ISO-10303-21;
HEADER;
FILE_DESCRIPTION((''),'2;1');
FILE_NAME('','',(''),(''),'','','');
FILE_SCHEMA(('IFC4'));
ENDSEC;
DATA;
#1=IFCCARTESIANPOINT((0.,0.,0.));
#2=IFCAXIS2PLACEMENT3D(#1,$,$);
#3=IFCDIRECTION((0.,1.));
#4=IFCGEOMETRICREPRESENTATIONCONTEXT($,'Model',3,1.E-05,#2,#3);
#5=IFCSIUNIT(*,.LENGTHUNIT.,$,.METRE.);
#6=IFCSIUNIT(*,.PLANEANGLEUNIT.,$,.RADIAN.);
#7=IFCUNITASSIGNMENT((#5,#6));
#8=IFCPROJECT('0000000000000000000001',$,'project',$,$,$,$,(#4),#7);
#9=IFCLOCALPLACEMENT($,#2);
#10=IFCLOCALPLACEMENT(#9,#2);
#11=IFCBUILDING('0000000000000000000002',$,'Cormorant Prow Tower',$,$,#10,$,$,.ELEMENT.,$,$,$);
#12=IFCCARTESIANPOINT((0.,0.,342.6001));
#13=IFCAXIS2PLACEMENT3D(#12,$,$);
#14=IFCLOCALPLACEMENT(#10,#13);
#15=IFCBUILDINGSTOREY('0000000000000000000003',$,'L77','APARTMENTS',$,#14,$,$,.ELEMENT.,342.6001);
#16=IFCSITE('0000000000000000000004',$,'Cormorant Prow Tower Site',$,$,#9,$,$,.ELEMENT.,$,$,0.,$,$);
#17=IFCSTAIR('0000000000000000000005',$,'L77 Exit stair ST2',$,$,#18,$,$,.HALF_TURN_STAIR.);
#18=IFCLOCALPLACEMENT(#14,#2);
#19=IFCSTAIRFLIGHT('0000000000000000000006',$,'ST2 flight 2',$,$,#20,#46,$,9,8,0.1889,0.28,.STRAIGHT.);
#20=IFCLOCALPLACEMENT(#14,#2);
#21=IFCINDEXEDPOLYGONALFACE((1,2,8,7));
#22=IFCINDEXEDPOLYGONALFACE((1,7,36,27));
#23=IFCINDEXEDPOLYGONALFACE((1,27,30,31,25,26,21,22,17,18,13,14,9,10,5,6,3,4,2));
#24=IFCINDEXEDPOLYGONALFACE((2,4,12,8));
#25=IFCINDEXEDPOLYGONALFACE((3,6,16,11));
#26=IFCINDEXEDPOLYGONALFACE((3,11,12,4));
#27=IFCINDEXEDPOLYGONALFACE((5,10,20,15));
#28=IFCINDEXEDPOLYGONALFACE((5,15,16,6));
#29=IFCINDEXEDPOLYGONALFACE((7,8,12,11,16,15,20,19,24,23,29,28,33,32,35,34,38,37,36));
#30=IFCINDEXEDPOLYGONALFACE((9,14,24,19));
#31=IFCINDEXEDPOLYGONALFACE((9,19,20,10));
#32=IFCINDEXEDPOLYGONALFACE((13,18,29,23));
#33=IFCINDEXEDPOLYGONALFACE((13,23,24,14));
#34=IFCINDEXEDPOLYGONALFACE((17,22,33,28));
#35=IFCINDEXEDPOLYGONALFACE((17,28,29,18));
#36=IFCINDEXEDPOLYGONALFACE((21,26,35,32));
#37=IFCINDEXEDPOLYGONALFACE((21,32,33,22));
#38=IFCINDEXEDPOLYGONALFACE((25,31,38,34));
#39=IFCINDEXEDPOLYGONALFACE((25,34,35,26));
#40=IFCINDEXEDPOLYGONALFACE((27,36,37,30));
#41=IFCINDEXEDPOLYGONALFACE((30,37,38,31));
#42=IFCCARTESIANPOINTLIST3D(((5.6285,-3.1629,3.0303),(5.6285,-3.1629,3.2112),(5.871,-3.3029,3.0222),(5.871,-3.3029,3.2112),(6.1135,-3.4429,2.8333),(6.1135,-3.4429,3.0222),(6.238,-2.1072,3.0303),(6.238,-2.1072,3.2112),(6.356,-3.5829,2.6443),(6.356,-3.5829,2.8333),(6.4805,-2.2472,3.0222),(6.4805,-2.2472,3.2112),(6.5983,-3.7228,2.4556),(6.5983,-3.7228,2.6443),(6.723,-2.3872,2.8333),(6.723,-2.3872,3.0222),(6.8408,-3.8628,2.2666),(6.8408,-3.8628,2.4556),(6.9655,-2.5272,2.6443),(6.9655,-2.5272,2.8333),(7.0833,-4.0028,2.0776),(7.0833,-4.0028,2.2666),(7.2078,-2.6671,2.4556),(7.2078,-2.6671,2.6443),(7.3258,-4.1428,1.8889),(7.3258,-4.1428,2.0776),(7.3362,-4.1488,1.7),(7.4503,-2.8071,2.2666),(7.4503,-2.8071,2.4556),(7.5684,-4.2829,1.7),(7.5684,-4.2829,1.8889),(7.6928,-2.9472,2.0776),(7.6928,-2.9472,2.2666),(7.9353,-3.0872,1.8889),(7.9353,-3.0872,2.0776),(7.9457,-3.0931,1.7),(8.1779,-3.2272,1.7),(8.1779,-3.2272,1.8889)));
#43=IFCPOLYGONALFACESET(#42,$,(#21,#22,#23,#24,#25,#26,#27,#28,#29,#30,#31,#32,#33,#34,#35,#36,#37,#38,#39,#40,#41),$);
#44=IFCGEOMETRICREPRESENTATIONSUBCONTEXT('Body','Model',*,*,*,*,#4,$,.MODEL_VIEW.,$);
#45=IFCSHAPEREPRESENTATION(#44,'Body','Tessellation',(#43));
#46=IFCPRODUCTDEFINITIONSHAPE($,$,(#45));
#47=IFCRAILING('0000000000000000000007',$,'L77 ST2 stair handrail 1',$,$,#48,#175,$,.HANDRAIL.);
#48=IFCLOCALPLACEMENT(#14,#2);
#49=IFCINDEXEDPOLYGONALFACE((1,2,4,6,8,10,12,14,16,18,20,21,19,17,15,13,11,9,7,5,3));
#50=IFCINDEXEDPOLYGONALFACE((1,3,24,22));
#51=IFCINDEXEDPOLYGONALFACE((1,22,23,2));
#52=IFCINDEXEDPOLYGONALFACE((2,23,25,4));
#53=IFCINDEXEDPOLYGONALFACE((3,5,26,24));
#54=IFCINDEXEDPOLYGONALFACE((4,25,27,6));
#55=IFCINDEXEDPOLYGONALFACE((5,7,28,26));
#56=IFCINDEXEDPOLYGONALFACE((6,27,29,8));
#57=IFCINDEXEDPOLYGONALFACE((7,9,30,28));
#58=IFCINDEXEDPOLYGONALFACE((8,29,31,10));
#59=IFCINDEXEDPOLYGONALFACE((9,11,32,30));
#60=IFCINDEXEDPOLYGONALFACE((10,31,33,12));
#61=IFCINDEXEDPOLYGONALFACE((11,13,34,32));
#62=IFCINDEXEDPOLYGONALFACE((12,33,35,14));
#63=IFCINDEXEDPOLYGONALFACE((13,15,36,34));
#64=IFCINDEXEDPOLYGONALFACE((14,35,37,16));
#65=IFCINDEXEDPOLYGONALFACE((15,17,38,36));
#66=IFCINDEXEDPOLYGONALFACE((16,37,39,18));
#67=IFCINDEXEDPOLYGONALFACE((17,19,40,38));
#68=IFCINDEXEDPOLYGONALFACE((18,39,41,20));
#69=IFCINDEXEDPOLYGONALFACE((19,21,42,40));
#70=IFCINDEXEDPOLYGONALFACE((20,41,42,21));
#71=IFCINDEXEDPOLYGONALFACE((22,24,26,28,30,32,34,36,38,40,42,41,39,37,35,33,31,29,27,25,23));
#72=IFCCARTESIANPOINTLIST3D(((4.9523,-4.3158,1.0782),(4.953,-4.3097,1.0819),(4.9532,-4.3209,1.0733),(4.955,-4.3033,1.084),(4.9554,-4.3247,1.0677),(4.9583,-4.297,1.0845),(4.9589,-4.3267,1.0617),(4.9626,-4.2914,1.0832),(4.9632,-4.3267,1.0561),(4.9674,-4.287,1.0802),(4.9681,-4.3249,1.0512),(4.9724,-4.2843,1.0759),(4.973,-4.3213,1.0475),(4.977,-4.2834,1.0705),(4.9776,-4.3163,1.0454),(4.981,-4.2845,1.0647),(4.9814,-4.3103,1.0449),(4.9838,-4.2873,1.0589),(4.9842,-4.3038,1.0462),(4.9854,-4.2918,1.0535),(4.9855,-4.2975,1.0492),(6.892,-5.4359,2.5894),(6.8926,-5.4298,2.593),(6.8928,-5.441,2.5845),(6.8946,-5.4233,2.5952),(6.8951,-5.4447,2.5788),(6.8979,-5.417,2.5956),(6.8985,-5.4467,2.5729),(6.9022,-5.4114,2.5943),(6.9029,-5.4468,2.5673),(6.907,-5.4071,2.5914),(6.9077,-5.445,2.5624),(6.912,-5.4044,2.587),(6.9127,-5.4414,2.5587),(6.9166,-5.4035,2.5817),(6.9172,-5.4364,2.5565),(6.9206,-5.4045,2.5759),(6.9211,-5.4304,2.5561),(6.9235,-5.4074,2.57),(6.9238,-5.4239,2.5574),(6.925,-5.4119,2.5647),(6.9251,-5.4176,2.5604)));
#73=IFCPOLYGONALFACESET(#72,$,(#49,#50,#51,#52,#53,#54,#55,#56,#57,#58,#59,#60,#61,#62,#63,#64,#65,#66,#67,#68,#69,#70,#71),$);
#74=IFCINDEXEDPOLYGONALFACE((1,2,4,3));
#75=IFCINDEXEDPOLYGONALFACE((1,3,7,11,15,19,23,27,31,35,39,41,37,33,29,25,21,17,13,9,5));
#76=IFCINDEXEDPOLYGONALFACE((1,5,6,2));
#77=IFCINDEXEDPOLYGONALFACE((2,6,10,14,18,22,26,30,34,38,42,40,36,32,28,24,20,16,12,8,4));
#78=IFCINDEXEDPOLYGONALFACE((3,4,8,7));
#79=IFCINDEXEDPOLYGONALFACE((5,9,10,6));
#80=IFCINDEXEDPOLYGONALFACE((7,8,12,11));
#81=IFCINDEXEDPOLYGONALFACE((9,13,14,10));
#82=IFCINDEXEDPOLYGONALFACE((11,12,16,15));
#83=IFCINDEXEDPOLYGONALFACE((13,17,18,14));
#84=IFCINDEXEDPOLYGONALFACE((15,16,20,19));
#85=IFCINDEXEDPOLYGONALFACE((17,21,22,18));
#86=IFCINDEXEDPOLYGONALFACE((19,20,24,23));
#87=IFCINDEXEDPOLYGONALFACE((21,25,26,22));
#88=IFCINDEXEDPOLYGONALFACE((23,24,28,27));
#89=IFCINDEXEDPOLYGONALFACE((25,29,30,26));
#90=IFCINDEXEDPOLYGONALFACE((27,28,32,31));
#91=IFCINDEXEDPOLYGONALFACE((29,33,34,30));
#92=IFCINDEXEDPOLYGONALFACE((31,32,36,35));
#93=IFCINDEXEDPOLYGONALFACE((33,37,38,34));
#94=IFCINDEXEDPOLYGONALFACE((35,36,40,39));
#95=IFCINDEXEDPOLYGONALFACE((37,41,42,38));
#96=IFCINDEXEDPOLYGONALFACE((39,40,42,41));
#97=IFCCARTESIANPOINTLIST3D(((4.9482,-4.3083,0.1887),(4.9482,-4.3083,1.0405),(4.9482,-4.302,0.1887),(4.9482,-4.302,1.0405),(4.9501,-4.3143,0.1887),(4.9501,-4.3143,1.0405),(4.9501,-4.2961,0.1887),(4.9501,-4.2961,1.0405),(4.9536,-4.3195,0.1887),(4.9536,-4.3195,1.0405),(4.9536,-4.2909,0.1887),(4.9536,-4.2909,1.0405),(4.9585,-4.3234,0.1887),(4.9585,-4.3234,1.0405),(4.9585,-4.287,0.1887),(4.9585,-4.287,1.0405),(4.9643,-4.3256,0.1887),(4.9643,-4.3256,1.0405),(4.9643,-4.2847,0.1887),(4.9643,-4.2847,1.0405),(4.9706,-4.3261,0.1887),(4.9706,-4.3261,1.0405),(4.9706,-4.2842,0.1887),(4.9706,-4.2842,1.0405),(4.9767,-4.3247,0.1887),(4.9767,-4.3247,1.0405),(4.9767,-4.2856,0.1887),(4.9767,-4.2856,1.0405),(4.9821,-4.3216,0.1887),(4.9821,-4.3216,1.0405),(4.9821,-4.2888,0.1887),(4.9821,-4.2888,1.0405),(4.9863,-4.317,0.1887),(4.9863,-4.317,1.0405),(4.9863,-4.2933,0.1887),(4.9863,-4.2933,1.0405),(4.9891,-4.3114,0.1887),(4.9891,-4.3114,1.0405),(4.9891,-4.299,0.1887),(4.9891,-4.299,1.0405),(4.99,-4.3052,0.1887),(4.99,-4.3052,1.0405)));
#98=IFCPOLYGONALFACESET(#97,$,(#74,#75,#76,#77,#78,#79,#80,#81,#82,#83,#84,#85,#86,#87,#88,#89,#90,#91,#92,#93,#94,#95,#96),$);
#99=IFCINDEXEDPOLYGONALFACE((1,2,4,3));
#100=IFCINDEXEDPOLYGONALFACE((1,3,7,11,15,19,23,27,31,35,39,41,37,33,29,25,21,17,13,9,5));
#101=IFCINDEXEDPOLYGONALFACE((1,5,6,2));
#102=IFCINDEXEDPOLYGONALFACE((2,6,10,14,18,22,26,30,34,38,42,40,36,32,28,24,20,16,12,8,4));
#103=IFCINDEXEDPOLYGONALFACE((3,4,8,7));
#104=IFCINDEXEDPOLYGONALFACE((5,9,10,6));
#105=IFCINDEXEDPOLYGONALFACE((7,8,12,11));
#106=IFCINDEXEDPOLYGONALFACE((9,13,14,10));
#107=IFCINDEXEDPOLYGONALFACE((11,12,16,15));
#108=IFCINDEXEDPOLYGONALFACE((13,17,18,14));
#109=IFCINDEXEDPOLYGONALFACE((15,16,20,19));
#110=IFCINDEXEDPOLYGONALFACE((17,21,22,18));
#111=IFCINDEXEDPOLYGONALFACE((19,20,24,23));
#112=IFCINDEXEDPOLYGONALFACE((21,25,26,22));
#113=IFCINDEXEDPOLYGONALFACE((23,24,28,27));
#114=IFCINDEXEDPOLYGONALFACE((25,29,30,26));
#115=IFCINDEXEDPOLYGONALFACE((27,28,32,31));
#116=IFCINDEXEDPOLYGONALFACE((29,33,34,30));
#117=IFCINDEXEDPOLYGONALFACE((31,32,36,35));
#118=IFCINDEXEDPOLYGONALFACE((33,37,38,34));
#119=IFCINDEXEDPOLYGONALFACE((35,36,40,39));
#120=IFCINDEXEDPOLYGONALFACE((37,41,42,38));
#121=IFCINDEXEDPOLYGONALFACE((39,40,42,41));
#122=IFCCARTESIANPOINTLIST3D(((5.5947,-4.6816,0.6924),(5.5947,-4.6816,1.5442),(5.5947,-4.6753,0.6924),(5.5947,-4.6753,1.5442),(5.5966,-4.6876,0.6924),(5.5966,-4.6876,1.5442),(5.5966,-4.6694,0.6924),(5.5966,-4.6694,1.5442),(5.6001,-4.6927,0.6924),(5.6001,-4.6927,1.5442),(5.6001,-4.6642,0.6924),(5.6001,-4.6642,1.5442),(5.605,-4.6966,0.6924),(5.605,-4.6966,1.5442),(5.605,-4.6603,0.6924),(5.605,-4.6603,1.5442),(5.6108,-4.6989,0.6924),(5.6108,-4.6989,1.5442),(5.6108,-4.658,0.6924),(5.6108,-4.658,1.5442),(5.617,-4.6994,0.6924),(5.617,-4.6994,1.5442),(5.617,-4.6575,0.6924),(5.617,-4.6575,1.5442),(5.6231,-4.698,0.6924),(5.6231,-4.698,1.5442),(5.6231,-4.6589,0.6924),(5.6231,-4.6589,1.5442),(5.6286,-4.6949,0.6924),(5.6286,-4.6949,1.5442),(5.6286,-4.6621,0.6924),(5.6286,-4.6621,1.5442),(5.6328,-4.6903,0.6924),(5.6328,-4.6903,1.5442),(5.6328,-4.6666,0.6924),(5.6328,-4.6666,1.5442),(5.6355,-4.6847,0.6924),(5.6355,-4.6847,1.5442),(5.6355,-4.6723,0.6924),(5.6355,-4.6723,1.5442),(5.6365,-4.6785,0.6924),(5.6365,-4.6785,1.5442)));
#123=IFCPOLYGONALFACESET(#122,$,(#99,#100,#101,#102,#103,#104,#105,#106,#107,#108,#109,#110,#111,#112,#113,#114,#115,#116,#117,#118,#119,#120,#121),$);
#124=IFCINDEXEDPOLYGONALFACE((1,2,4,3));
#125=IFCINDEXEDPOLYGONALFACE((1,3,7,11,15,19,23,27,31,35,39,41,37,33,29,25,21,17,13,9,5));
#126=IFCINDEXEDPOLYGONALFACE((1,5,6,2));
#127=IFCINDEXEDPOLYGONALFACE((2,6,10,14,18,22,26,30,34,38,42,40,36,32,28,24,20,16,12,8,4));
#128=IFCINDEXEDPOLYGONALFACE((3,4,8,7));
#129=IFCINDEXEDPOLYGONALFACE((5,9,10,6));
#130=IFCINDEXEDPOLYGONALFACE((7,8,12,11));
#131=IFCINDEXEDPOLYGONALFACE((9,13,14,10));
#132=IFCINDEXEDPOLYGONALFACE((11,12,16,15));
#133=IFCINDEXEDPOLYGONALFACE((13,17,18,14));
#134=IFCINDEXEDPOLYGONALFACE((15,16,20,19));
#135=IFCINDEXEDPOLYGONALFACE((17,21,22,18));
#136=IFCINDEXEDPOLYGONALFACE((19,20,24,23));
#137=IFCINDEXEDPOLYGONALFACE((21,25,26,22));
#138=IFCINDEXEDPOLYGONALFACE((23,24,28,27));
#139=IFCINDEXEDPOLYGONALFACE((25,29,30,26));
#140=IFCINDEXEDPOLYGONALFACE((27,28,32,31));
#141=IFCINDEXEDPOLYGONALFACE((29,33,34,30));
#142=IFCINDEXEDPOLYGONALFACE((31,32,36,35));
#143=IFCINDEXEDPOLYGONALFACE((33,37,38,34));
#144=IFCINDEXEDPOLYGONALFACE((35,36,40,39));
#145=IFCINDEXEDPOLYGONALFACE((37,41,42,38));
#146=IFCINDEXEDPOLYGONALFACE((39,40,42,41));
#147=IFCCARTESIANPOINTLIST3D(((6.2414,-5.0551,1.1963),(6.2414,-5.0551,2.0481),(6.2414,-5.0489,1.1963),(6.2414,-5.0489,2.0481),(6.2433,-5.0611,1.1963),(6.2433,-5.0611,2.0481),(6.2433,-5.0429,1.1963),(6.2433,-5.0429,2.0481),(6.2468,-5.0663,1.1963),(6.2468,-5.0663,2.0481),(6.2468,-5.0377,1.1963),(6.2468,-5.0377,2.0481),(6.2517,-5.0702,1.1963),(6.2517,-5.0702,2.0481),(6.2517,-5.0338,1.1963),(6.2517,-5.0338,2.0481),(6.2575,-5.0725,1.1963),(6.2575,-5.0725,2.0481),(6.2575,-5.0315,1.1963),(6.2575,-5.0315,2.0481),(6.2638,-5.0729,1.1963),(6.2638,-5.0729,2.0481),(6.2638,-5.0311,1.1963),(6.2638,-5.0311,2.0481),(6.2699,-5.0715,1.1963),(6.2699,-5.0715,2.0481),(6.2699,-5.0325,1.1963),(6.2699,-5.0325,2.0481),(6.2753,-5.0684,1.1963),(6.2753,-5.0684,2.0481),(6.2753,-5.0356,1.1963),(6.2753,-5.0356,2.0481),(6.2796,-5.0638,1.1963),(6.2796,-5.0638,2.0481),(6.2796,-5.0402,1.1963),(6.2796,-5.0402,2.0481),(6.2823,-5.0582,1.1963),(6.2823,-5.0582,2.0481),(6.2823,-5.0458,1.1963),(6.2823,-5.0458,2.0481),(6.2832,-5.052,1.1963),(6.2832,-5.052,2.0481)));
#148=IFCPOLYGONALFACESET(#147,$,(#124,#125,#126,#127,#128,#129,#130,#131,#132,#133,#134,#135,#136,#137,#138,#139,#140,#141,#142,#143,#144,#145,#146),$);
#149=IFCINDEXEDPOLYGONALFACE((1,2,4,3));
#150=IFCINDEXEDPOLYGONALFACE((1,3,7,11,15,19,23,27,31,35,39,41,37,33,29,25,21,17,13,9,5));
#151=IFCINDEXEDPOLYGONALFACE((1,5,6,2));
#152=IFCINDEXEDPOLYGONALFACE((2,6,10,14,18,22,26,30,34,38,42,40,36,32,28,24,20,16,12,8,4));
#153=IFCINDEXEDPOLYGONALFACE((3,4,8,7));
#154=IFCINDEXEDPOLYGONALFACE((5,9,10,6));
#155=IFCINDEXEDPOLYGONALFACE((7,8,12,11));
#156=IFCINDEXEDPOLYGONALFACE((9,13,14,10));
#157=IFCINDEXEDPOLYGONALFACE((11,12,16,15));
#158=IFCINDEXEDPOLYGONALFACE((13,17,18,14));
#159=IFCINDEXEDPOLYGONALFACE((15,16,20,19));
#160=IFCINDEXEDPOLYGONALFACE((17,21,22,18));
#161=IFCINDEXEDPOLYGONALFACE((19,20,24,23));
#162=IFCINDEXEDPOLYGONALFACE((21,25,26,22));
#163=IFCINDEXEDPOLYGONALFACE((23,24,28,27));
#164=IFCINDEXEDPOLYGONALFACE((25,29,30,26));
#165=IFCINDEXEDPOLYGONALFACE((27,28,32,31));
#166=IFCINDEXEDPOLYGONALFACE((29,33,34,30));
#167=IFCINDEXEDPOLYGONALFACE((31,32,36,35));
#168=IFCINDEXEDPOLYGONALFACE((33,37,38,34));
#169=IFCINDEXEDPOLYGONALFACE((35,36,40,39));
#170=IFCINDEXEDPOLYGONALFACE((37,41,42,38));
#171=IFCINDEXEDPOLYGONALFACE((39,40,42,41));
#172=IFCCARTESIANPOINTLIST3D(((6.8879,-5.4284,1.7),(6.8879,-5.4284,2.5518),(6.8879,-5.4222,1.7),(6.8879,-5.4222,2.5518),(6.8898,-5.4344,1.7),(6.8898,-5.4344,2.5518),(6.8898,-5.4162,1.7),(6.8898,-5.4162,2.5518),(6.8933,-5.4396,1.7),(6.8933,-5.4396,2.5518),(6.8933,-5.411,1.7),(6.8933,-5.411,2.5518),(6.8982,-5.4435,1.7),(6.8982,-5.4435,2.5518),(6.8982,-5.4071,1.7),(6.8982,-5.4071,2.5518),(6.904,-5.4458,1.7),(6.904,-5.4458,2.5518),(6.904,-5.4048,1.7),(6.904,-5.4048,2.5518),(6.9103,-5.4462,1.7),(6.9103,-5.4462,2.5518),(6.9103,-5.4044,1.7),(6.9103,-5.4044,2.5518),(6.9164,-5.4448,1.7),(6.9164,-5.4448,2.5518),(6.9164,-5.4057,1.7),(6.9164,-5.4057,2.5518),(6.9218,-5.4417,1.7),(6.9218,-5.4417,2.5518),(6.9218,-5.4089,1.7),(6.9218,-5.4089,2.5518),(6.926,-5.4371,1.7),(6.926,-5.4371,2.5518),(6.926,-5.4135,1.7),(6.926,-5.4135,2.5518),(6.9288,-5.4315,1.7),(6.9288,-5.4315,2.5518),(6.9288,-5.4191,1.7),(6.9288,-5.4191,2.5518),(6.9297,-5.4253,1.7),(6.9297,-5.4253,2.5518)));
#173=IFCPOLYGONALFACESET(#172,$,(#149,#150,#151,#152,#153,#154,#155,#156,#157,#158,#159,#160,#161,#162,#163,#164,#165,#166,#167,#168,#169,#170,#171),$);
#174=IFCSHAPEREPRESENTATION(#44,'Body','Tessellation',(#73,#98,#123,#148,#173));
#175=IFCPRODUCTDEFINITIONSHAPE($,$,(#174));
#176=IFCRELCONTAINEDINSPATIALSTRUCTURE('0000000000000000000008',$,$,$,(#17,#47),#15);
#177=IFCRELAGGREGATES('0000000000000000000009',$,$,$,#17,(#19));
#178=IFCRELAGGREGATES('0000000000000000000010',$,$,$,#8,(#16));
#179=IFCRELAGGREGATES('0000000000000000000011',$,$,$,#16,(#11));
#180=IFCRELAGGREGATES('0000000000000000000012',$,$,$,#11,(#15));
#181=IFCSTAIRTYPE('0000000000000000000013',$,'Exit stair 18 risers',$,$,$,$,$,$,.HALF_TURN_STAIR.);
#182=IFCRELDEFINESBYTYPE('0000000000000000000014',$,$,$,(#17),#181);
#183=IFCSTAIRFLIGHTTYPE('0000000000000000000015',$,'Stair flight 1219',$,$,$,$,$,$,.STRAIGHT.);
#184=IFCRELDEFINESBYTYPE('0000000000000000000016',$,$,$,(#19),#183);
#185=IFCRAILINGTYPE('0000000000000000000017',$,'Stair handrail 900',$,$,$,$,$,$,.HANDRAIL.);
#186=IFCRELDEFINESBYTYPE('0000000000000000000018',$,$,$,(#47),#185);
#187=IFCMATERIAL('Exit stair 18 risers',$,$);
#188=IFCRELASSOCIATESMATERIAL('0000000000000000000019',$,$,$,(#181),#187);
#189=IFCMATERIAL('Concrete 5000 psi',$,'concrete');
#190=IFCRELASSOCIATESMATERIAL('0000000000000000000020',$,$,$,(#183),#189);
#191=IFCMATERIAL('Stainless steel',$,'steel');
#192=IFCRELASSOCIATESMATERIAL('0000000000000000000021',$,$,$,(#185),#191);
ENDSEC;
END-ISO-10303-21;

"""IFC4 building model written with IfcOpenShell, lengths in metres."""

from ifc_helpers import new_model, si_unit, direction, frame, origin, origin_2d, place, context, subcontext, project, spatial, polyline, circle, outline, extrude, material, type_object, element, aggregate, save


model = new_model("IFC4")

# Units and contexts
model_context = context("Model", 3, precision=1e-05, world=origin(), true_north=direction((0.0, 1.0)))
body_context = subcontext(model_context, "Body", "Model", "MODEL_VIEW")
ifc_project = project(units=[si_unit("LENGTHUNIT", "METRE"), si_unit("PLANEANGLEUNIT", "RADIAN")], contexts=[model_context])

# Site, building, storey
site_placement = place(None, origin())
site = spatial("IfcSite", under=ifc_project, at=site_placement, Name="Cormorant Prow Tower Site", CompositionType="ELEMENT", RefElevation=0.0)
building_placement = place(site_placement, origin())
building = spatial("IfcBuilding", under=site, at=building_placement, Name="Cormorant Prow Tower", CompositionType="ELEMENT")
storey_placement = place(building_placement, frame((0.0, 0.0, 342.6001)))
storey = spatial("IfcBuildingStorey", under=building, at=storey_placement, Name="L77", Description="APARTMENTS", CompositionType="ELEMENT", Elevation=342.6001)

# Stair, stair flight
ifc_material_1 = material(Name="Exit stair 18 risers")
stair_type = type_object("IfcStairType", Name="Exit stair 18 risers", PredefinedType="HALF_TURN_STAIR", material=ifc_material_1)
stair_placement = place(storey_placement, origin())
stair = element("IfcStair", 1, at=stair_placement, inside=storey, type_object=stair_type, Name="L77 Exit stair ST2", PredefinedType="HALF_TURN_STAIR")
ifc_material_2 = material(Name="Concrete 5000 psi", Category="concrete")
stair_flight_type = type_object("IfcStairFlightType", Name="Stair flight 1219", PredefinedType="STRAIGHT", material=ifc_material_2)
stair_flight_1_placement = place(storey_placement, frame((7.873, -3.7551, 1.7), z_axis=(0.0, 0.0, 1.0), x_axis=(-0.866025, 0.5, 0.0)))
stair_flight_1 = element("IfcStairFlight", 2, at=stair_flight_1_placement, type_object=stair_flight_type, Name="ST2 flight 2", NumberOfRisers=9, NumberOfTreads=8, PredefinedType="STRAIGHT", RiserHeight=0.1889, TreadLength=0.28, context=body_context, shape_type="SweptSolid", body=[
    extrude(outline(polyline([(0.0, 0.0), (0.0, 0.189), (0.28, 0.189), (0.28, 0.3777), (0.5601, 0.3777), (0.5601, 0.5667), (0.8401, 0.5667), (0.8401, 0.7556), (1.1201, 0.7556), (1.1201, 0.9443), (1.3999, 0.9443), (1.3999, 1.1333), (1.6799, 1.1333), (1.6799, 1.3223), (1.96, 1.3223), (1.96, 1.5112), (2.24, 1.5112), (2.24, 1.7), (2.24, 1.3303), (0.2681, 0.0), (0.0, 0.0)])), frame((0.0, 0.6094, 0.0), z_axis=(0.0, -1.0, 0.0), x_axis=(1.0, 0.0, 0.0)), (0.0, 0.0, 1.0), 1.219),
])
aggregate(stair, [stair_flight_1])

# Railing
ifc_material_3 = material(Name="Stainless steel", Category="steel")
railing_type_1 = type_object("IfcRailingType", Name="Stair handrail 900", PredefinedType="HANDRAIL", material=ifc_material_3)
railing_1_placement = place(storey_placement, frame((4.969, -4.3052, 0.1887)))
element("IfcRailing", 3, at=railing_1_placement, inside=storey, type_object=railing_type_1, Name="L77 ST2 stair handrail 1", PredefinedType="HANDRAIL", context=body_context, shape_type="SweptSolid", body=[
    extrude(circle(Radius=0.0239, at=origin_2d()), frame((0.0, 0.0, 0.876), z_axis=(0.71787, -0.414548, 0.559297), x_axis=(0.500078, 0.86598, 0.0)), (0.0, 0.0, 1.0), 2.7019),
    extrude(circle(Radius=0.021, at=origin_2d()), origin(), (0.0, 0.0, 1.0), 0.8518),
    extrude(circle(Radius=0.021, at=origin_2d()), frame((0.6465, -0.3733, 0.5037)), (0.0, 0.0, 1.0), 0.8518),
    extrude(circle(Radius=0.021, at=origin_2d()), frame((1.2932, -0.7468, 1.0076)), (0.0, 0.0, 1.0), 0.8518),
    extrude(circle(Radius=0.021, at=origin_2d()), frame((1.9397, -1.1201, 1.5112)), (0.0, 0.0, 1.0), 0.8518),
])

save(model, "model.ifc")
